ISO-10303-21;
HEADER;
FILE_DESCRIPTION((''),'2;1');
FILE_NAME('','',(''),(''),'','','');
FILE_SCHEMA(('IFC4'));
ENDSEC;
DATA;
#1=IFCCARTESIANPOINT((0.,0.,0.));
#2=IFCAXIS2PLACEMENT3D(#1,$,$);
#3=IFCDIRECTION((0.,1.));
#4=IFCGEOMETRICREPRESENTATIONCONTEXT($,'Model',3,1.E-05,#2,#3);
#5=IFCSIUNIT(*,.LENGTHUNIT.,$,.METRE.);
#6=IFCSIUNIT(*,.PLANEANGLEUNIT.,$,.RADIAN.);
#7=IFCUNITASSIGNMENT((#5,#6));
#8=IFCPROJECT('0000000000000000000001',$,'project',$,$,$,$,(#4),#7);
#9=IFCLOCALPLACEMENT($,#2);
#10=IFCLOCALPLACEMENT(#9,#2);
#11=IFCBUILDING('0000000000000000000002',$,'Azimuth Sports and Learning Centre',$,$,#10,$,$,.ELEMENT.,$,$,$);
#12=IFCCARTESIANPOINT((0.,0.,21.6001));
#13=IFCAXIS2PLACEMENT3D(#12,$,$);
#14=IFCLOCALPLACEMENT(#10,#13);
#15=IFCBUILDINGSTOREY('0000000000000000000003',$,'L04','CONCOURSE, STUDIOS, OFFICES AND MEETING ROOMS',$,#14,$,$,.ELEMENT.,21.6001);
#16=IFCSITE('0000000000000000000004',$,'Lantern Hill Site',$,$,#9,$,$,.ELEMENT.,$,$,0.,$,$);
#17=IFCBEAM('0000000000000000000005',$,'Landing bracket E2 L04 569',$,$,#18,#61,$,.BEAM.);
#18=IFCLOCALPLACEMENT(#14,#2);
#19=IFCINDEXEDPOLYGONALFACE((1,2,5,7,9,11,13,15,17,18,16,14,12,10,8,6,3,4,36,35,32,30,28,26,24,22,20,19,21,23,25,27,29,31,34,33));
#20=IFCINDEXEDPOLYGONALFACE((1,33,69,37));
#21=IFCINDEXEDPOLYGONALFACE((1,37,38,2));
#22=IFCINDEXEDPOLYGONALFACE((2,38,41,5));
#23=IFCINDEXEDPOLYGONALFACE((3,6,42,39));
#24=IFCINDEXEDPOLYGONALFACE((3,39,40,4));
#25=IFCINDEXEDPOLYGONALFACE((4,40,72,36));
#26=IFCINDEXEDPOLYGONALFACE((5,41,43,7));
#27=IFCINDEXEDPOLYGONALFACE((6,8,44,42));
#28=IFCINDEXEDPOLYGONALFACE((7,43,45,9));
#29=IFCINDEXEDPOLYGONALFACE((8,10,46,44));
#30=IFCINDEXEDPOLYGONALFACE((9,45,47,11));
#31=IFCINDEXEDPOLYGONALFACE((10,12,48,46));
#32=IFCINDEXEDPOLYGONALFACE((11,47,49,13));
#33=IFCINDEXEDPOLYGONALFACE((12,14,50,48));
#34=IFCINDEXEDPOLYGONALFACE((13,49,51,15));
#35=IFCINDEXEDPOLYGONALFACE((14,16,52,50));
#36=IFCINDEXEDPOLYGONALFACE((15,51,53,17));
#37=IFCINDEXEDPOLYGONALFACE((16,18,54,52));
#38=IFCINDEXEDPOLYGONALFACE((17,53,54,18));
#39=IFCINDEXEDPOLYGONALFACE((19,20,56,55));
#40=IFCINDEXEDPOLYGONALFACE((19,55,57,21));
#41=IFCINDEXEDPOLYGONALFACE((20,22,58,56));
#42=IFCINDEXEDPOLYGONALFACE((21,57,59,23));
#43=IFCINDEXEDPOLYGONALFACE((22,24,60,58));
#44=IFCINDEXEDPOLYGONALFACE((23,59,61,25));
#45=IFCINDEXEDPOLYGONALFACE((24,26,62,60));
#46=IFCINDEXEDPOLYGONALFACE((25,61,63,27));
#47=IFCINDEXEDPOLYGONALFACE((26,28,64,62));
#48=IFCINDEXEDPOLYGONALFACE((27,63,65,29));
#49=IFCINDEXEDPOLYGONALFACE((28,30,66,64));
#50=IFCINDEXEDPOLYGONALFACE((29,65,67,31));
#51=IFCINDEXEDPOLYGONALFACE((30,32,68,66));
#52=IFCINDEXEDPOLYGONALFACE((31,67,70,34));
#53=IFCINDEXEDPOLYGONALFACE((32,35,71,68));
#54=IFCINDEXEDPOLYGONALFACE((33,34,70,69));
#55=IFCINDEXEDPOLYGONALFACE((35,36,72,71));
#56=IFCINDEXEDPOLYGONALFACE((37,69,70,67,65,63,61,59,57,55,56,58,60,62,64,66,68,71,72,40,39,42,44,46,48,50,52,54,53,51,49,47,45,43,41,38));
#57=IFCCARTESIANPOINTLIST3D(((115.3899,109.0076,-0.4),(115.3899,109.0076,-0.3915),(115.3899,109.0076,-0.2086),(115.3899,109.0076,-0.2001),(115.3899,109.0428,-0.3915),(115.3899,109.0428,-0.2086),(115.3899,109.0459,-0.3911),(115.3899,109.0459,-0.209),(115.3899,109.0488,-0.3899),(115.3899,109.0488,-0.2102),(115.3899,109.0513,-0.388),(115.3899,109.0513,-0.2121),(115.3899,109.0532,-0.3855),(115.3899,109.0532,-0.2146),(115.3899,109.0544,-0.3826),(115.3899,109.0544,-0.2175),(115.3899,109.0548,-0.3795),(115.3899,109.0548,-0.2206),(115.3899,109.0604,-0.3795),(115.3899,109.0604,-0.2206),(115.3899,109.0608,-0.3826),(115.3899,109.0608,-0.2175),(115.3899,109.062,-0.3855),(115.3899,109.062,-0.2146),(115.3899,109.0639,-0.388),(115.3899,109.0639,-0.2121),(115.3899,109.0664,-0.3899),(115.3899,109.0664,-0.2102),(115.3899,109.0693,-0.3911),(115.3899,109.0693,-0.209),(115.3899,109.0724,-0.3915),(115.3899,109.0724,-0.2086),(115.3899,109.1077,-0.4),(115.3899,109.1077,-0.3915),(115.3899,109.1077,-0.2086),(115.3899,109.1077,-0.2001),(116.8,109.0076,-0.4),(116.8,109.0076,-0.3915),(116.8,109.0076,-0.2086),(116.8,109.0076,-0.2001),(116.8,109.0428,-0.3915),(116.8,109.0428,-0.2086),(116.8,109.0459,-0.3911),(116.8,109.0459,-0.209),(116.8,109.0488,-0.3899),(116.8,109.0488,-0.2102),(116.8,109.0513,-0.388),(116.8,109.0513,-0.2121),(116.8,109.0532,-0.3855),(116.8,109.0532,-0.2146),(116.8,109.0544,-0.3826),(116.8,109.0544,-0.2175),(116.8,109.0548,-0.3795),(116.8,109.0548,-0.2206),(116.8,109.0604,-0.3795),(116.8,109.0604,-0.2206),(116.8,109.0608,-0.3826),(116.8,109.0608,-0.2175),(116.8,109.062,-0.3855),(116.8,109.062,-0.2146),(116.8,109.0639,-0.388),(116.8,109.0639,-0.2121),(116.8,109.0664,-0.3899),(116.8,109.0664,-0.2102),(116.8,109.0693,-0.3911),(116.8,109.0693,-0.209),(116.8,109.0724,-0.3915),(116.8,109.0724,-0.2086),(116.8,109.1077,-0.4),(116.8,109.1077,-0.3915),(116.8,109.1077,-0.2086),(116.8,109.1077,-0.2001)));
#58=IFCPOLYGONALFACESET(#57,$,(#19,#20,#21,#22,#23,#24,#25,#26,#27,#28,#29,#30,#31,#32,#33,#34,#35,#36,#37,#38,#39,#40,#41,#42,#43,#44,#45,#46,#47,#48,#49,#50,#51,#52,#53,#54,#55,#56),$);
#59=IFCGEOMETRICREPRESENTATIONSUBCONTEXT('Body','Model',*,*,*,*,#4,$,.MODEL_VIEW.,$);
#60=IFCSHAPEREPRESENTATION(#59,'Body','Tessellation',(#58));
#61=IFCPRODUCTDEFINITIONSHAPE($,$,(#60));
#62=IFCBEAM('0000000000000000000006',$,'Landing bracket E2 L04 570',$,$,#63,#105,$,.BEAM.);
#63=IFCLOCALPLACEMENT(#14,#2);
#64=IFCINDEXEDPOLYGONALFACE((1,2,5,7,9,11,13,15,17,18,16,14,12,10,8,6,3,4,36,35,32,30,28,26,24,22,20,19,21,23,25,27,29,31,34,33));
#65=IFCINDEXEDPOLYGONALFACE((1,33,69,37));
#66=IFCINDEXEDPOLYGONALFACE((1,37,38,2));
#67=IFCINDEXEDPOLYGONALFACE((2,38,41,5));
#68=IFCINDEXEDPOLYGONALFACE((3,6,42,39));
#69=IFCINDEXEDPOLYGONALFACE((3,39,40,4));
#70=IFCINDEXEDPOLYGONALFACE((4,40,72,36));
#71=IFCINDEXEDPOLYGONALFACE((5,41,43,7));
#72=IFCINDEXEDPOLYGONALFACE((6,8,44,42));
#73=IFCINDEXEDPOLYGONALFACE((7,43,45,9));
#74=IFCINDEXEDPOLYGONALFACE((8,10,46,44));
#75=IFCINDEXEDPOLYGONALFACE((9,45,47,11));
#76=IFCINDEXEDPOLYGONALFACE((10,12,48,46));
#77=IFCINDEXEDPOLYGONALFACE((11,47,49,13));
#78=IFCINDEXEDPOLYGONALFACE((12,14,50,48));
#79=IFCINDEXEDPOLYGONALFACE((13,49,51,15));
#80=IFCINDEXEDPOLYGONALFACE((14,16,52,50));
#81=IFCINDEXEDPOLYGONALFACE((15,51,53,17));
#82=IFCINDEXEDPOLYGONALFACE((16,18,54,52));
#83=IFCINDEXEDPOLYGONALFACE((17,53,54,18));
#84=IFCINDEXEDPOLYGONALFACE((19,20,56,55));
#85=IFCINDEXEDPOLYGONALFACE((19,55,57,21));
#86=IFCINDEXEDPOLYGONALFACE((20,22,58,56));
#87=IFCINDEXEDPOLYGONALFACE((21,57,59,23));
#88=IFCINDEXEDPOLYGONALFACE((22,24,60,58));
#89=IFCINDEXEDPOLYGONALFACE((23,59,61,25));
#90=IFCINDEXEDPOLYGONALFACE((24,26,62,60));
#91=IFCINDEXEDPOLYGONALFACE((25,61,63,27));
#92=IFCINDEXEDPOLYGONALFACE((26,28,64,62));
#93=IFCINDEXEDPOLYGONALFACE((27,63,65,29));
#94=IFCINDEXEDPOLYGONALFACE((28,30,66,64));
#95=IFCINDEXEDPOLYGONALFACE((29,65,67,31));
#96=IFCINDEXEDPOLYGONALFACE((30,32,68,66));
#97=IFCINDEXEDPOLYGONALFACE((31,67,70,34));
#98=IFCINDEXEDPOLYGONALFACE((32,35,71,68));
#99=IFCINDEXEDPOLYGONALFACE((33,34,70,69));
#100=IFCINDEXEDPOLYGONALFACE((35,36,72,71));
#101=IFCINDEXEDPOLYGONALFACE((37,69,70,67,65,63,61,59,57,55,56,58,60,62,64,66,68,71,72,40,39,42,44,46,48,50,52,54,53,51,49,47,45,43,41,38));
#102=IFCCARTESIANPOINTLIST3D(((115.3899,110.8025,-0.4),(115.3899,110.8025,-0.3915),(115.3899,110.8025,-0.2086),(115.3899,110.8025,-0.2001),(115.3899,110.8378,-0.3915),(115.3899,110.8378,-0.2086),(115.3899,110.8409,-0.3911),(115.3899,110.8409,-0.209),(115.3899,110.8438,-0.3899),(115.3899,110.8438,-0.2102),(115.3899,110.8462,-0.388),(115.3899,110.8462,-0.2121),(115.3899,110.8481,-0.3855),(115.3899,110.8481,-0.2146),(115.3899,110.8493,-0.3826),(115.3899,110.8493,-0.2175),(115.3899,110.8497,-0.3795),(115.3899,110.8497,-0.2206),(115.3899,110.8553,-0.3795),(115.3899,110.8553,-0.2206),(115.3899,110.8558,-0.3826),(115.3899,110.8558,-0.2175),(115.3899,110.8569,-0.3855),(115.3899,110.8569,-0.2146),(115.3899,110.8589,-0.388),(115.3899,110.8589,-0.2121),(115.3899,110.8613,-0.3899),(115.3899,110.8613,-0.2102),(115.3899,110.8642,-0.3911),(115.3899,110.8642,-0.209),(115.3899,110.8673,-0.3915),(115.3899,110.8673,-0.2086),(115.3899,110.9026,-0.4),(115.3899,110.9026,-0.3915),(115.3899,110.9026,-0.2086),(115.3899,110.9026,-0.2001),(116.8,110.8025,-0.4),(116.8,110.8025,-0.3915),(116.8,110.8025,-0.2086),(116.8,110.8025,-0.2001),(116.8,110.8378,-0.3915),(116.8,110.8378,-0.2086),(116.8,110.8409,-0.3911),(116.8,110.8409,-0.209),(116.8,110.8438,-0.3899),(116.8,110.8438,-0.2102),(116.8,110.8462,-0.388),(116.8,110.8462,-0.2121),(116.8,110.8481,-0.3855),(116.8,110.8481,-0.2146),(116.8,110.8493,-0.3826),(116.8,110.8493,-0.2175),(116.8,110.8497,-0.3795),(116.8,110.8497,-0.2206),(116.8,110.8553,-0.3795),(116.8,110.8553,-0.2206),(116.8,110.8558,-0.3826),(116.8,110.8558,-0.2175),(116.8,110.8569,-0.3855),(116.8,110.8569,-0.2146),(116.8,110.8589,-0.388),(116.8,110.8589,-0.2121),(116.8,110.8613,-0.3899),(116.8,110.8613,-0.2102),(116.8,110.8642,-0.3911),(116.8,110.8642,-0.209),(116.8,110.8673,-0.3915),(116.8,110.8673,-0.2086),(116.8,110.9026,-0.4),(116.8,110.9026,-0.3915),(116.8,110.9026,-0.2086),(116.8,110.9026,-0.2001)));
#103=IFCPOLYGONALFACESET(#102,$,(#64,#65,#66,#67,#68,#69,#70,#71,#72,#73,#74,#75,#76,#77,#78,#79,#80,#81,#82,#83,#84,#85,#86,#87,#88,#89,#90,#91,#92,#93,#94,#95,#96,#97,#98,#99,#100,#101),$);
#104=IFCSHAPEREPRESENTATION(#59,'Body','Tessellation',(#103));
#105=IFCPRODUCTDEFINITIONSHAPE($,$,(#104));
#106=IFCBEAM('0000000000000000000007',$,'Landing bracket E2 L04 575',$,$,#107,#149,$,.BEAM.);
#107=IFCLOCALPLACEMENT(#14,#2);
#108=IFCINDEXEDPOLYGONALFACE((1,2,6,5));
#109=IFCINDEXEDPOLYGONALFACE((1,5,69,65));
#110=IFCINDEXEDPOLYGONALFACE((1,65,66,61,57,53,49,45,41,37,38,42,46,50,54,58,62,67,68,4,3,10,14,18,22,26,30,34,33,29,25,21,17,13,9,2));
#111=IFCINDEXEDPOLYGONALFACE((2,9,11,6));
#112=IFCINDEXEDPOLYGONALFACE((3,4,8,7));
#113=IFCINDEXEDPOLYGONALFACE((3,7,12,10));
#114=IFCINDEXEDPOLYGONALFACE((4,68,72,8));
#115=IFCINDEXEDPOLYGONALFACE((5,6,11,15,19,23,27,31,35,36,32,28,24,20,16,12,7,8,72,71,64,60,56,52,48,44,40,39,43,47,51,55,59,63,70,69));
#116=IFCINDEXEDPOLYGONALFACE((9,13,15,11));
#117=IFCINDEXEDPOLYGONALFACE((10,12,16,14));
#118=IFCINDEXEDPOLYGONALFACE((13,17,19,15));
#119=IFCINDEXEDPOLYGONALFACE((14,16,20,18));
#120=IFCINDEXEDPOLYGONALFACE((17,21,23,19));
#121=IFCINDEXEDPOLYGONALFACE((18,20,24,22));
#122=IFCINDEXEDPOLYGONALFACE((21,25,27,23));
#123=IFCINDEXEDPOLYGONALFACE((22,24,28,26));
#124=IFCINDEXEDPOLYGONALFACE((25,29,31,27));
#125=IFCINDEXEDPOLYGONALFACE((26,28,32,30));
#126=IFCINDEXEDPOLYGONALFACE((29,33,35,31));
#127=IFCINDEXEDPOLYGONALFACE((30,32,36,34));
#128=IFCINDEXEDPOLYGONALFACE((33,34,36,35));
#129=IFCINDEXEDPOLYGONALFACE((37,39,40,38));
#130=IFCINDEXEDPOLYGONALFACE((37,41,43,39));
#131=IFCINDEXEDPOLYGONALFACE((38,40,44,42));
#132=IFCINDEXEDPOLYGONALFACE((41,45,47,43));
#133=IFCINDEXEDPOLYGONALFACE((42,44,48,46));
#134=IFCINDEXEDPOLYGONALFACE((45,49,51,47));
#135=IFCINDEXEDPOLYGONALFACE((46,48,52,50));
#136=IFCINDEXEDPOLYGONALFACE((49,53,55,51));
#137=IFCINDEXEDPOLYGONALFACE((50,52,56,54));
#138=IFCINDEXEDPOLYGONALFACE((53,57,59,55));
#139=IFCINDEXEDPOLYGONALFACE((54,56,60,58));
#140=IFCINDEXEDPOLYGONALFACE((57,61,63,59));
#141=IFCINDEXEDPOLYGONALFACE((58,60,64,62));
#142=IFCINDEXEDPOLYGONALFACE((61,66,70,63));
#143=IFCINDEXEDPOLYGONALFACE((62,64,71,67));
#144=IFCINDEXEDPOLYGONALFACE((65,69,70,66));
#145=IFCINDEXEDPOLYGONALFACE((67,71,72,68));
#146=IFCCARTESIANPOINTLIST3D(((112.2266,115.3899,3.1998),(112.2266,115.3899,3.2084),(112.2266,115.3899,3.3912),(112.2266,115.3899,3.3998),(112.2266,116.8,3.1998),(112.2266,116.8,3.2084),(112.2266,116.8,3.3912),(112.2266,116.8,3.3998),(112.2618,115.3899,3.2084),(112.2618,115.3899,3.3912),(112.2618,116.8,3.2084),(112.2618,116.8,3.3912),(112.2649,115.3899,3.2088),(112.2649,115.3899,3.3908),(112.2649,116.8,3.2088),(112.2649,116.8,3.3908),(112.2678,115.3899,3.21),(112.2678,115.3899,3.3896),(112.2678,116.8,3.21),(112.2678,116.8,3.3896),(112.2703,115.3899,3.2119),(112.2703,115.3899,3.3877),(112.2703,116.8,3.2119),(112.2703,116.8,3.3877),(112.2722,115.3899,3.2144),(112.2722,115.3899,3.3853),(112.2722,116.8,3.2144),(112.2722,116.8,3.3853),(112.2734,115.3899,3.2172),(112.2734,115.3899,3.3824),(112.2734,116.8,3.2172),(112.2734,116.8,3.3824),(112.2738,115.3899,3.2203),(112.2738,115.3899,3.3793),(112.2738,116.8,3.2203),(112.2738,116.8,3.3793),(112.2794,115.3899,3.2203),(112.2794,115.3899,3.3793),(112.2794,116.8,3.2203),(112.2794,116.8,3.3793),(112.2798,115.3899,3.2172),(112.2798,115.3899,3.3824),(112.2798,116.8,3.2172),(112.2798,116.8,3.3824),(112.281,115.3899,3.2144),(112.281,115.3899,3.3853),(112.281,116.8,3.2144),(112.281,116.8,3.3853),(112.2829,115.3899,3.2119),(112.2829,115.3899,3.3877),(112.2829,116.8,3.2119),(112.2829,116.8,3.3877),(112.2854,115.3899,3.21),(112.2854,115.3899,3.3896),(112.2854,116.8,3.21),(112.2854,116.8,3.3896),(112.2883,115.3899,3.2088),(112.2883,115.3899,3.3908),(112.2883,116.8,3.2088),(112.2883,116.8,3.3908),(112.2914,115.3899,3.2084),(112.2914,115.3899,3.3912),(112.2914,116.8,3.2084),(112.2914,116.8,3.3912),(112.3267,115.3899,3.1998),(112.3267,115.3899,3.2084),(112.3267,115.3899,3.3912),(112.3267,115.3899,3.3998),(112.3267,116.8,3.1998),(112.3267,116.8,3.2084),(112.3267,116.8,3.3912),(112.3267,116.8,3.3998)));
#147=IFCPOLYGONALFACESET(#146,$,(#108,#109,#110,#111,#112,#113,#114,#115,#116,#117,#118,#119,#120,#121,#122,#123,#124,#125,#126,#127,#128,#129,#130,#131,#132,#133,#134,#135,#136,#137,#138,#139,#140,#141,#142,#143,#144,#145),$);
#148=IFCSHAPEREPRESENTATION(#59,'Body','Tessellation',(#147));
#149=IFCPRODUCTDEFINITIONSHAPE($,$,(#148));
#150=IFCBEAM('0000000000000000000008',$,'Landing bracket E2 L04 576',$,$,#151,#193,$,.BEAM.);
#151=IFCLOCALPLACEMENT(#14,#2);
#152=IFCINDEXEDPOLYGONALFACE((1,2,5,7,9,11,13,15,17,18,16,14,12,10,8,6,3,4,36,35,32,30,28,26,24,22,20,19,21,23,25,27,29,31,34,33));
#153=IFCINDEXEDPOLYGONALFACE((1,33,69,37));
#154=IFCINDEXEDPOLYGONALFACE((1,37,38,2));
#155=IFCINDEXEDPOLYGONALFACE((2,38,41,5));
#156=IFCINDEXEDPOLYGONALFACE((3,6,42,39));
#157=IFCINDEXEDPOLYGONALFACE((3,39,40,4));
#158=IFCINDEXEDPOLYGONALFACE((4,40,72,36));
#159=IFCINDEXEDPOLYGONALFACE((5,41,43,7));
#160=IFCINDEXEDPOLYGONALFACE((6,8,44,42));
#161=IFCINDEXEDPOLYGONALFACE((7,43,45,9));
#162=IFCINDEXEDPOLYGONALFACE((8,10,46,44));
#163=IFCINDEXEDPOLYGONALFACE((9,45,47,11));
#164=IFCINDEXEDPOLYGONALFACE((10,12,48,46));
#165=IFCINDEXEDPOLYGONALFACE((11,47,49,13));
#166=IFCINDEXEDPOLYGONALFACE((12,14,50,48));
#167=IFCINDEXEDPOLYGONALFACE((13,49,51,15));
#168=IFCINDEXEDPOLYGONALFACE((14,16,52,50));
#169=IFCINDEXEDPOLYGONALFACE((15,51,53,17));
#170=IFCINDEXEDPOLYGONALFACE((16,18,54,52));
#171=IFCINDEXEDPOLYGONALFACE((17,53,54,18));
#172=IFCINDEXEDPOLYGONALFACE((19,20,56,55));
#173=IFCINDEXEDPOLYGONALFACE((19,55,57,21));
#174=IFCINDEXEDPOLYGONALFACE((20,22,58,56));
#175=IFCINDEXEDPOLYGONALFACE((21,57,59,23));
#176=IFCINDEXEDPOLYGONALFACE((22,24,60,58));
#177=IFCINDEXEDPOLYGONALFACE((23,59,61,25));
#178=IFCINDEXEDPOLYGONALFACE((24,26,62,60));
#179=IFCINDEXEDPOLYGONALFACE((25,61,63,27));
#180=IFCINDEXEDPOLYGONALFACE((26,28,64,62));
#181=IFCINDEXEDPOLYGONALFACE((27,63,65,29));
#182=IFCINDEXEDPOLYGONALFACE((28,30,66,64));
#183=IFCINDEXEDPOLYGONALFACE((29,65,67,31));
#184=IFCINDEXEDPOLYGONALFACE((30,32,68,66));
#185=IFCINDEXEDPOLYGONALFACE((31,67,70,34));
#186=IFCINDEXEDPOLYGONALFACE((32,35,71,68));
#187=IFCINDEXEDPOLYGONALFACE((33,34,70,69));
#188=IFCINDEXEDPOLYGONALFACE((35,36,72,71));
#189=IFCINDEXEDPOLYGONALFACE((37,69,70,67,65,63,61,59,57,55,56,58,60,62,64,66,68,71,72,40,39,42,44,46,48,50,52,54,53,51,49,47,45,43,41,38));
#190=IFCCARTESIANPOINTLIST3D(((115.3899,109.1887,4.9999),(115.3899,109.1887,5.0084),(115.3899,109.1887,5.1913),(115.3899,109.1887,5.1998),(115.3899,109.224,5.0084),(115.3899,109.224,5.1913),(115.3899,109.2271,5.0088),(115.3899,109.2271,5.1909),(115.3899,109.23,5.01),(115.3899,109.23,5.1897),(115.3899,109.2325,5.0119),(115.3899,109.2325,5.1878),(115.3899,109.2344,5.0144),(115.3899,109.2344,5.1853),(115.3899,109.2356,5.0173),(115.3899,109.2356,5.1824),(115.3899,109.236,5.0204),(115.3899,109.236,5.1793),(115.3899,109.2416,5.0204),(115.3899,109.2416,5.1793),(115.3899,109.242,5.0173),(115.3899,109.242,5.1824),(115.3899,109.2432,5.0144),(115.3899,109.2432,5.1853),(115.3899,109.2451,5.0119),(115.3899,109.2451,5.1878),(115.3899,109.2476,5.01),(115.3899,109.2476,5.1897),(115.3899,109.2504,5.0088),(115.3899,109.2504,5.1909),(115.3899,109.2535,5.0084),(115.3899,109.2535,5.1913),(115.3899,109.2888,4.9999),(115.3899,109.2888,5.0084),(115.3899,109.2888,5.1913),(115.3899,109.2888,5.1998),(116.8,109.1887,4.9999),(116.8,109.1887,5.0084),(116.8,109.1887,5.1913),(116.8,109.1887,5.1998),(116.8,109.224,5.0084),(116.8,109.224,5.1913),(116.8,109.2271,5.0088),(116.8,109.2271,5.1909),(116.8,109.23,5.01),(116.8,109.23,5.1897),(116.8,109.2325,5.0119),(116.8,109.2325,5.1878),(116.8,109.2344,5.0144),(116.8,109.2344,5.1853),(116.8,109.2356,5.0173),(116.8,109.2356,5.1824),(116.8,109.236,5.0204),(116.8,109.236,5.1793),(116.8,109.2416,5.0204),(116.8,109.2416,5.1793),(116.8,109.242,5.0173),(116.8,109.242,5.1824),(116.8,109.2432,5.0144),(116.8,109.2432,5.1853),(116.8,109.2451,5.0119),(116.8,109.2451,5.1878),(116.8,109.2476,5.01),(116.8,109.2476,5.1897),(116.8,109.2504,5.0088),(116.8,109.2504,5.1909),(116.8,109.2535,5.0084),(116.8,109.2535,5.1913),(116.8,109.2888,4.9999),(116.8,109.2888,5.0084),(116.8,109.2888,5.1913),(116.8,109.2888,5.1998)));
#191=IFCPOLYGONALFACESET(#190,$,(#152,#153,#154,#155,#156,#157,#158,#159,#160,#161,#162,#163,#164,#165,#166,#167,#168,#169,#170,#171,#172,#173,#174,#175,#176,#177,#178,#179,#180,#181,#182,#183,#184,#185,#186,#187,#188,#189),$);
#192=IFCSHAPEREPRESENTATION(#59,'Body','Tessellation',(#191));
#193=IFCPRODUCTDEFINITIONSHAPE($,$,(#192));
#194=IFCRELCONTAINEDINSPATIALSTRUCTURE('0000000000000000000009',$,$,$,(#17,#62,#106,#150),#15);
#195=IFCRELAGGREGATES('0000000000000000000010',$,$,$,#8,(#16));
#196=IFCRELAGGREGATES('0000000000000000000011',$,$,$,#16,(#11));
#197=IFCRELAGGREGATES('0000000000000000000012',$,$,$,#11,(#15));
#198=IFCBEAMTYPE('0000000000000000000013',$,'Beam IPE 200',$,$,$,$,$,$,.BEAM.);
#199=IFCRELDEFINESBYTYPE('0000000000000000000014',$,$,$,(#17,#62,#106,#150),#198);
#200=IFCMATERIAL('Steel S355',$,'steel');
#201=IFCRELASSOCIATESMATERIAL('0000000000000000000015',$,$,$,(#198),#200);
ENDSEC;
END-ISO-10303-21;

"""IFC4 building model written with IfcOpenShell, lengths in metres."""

from ifc_helpers import new_model, si_unit, direction, frame, origin, origin_2d, place, context, subcontext, project, spatial, i_section, extrude, material, material_profile, profile_set, type_object, element, save


model = new_model("IFC4")

# Units and contexts
model_context = context("Model", 3, precision=1e-05, world=origin(), true_north=direction((0.0, 1.0)))
body_context = subcontext(model_context, "Body", "Model", "MODEL_VIEW")
ifc_project = project(units=[si_unit("LENGTHUNIT", "METRE"), si_unit("PLANEANGLEUNIT", "RADIAN")], contexts=[model_context])

# Site, building, storey
site_placement = place(None, origin())
site = spatial("IfcSite", under=ifc_project, at=site_placement, Name="Lantern Hill Site", CompositionType="ELEMENT", RefElevation=0.0)
building_placement = place(site_placement, origin())
building = spatial("IfcBuilding", under=site, at=building_placement, Name="Azimuth Sports and Learning Centre", CompositionType="ELEMENT")
storey_placement = place(building_placement, frame((0.0, 0.0, 21.6001)))
storey = spatial("IfcBuildingStorey", under=building, at=storey_placement, Name="L04", Description="CONCOURSE, STUDIOS, OFFICES AND MEETING ROOMS", CompositionType="ELEMENT", Elevation=21.6001)

# Beams
ifc_material_1 = material(Name="Steel S355", Category="steel")
ifc_material_profile_1 = material_profile(ifc_material_1, i_section(OverallWidth=0.1001, OverallDepth=0.2, WebThickness=0.0056, FlangeThickness=0.0085, FilletRadius=0.012, at=origin_2d()), Name="IPE 200")
ifc_profile_set_1 = profile_set([ifc_material_profile_1], Name="Steel S355")
beam_type_1 = type_object("IfcBeamType", Name="Beam IPE 200", PredefinedType="BEAM", material=ifc_profile_set_1)
for number, where, z_axis, x_axis, name in (
    (1, (116.8, 109.0576, -0.3), (-1.0, 0.0, 0.0), (0.0, -1.0, 0.0), "Landing bracket E2 L04 569"),
    (2, (116.8, 110.8525, -0.3), (-1.0, 0.0, 0.0), (0.0, -1.0, 0.0), "Landing bracket E2 L04 570"),
    (3, (112.2766, 116.8, 3.2998), (0.0, -1.0, 0.0), (1.0, 0.0, 0.0), "Landing bracket E2 L04 575"),
    (4, (116.8, 109.2388, 5.0999), (-1.0, 0.0, 0.0), (0.0, -1.0, 0.0), "Landing bracket E2 L04 576"),
):
    element("IfcBeam", number, at=place(storey_placement, frame(where, z_axis=z_axis, x_axis=x_axis)), inside=storey, type_object=beam_type_1, Name=name, PredefinedType="BEAM", context=body_context, shape_type="SweptSolid", body=[
        extrude(i_section(OverallWidth=0.1001, OverallDepth=0.2, WebThickness=0.0056, FlangeThickness=0.0085, FilletRadius=0.012, at=origin_2d()), origin(), (0.0, 0.0, 1.0), 1.4102),
    ])

save(model, "model.ifc")
